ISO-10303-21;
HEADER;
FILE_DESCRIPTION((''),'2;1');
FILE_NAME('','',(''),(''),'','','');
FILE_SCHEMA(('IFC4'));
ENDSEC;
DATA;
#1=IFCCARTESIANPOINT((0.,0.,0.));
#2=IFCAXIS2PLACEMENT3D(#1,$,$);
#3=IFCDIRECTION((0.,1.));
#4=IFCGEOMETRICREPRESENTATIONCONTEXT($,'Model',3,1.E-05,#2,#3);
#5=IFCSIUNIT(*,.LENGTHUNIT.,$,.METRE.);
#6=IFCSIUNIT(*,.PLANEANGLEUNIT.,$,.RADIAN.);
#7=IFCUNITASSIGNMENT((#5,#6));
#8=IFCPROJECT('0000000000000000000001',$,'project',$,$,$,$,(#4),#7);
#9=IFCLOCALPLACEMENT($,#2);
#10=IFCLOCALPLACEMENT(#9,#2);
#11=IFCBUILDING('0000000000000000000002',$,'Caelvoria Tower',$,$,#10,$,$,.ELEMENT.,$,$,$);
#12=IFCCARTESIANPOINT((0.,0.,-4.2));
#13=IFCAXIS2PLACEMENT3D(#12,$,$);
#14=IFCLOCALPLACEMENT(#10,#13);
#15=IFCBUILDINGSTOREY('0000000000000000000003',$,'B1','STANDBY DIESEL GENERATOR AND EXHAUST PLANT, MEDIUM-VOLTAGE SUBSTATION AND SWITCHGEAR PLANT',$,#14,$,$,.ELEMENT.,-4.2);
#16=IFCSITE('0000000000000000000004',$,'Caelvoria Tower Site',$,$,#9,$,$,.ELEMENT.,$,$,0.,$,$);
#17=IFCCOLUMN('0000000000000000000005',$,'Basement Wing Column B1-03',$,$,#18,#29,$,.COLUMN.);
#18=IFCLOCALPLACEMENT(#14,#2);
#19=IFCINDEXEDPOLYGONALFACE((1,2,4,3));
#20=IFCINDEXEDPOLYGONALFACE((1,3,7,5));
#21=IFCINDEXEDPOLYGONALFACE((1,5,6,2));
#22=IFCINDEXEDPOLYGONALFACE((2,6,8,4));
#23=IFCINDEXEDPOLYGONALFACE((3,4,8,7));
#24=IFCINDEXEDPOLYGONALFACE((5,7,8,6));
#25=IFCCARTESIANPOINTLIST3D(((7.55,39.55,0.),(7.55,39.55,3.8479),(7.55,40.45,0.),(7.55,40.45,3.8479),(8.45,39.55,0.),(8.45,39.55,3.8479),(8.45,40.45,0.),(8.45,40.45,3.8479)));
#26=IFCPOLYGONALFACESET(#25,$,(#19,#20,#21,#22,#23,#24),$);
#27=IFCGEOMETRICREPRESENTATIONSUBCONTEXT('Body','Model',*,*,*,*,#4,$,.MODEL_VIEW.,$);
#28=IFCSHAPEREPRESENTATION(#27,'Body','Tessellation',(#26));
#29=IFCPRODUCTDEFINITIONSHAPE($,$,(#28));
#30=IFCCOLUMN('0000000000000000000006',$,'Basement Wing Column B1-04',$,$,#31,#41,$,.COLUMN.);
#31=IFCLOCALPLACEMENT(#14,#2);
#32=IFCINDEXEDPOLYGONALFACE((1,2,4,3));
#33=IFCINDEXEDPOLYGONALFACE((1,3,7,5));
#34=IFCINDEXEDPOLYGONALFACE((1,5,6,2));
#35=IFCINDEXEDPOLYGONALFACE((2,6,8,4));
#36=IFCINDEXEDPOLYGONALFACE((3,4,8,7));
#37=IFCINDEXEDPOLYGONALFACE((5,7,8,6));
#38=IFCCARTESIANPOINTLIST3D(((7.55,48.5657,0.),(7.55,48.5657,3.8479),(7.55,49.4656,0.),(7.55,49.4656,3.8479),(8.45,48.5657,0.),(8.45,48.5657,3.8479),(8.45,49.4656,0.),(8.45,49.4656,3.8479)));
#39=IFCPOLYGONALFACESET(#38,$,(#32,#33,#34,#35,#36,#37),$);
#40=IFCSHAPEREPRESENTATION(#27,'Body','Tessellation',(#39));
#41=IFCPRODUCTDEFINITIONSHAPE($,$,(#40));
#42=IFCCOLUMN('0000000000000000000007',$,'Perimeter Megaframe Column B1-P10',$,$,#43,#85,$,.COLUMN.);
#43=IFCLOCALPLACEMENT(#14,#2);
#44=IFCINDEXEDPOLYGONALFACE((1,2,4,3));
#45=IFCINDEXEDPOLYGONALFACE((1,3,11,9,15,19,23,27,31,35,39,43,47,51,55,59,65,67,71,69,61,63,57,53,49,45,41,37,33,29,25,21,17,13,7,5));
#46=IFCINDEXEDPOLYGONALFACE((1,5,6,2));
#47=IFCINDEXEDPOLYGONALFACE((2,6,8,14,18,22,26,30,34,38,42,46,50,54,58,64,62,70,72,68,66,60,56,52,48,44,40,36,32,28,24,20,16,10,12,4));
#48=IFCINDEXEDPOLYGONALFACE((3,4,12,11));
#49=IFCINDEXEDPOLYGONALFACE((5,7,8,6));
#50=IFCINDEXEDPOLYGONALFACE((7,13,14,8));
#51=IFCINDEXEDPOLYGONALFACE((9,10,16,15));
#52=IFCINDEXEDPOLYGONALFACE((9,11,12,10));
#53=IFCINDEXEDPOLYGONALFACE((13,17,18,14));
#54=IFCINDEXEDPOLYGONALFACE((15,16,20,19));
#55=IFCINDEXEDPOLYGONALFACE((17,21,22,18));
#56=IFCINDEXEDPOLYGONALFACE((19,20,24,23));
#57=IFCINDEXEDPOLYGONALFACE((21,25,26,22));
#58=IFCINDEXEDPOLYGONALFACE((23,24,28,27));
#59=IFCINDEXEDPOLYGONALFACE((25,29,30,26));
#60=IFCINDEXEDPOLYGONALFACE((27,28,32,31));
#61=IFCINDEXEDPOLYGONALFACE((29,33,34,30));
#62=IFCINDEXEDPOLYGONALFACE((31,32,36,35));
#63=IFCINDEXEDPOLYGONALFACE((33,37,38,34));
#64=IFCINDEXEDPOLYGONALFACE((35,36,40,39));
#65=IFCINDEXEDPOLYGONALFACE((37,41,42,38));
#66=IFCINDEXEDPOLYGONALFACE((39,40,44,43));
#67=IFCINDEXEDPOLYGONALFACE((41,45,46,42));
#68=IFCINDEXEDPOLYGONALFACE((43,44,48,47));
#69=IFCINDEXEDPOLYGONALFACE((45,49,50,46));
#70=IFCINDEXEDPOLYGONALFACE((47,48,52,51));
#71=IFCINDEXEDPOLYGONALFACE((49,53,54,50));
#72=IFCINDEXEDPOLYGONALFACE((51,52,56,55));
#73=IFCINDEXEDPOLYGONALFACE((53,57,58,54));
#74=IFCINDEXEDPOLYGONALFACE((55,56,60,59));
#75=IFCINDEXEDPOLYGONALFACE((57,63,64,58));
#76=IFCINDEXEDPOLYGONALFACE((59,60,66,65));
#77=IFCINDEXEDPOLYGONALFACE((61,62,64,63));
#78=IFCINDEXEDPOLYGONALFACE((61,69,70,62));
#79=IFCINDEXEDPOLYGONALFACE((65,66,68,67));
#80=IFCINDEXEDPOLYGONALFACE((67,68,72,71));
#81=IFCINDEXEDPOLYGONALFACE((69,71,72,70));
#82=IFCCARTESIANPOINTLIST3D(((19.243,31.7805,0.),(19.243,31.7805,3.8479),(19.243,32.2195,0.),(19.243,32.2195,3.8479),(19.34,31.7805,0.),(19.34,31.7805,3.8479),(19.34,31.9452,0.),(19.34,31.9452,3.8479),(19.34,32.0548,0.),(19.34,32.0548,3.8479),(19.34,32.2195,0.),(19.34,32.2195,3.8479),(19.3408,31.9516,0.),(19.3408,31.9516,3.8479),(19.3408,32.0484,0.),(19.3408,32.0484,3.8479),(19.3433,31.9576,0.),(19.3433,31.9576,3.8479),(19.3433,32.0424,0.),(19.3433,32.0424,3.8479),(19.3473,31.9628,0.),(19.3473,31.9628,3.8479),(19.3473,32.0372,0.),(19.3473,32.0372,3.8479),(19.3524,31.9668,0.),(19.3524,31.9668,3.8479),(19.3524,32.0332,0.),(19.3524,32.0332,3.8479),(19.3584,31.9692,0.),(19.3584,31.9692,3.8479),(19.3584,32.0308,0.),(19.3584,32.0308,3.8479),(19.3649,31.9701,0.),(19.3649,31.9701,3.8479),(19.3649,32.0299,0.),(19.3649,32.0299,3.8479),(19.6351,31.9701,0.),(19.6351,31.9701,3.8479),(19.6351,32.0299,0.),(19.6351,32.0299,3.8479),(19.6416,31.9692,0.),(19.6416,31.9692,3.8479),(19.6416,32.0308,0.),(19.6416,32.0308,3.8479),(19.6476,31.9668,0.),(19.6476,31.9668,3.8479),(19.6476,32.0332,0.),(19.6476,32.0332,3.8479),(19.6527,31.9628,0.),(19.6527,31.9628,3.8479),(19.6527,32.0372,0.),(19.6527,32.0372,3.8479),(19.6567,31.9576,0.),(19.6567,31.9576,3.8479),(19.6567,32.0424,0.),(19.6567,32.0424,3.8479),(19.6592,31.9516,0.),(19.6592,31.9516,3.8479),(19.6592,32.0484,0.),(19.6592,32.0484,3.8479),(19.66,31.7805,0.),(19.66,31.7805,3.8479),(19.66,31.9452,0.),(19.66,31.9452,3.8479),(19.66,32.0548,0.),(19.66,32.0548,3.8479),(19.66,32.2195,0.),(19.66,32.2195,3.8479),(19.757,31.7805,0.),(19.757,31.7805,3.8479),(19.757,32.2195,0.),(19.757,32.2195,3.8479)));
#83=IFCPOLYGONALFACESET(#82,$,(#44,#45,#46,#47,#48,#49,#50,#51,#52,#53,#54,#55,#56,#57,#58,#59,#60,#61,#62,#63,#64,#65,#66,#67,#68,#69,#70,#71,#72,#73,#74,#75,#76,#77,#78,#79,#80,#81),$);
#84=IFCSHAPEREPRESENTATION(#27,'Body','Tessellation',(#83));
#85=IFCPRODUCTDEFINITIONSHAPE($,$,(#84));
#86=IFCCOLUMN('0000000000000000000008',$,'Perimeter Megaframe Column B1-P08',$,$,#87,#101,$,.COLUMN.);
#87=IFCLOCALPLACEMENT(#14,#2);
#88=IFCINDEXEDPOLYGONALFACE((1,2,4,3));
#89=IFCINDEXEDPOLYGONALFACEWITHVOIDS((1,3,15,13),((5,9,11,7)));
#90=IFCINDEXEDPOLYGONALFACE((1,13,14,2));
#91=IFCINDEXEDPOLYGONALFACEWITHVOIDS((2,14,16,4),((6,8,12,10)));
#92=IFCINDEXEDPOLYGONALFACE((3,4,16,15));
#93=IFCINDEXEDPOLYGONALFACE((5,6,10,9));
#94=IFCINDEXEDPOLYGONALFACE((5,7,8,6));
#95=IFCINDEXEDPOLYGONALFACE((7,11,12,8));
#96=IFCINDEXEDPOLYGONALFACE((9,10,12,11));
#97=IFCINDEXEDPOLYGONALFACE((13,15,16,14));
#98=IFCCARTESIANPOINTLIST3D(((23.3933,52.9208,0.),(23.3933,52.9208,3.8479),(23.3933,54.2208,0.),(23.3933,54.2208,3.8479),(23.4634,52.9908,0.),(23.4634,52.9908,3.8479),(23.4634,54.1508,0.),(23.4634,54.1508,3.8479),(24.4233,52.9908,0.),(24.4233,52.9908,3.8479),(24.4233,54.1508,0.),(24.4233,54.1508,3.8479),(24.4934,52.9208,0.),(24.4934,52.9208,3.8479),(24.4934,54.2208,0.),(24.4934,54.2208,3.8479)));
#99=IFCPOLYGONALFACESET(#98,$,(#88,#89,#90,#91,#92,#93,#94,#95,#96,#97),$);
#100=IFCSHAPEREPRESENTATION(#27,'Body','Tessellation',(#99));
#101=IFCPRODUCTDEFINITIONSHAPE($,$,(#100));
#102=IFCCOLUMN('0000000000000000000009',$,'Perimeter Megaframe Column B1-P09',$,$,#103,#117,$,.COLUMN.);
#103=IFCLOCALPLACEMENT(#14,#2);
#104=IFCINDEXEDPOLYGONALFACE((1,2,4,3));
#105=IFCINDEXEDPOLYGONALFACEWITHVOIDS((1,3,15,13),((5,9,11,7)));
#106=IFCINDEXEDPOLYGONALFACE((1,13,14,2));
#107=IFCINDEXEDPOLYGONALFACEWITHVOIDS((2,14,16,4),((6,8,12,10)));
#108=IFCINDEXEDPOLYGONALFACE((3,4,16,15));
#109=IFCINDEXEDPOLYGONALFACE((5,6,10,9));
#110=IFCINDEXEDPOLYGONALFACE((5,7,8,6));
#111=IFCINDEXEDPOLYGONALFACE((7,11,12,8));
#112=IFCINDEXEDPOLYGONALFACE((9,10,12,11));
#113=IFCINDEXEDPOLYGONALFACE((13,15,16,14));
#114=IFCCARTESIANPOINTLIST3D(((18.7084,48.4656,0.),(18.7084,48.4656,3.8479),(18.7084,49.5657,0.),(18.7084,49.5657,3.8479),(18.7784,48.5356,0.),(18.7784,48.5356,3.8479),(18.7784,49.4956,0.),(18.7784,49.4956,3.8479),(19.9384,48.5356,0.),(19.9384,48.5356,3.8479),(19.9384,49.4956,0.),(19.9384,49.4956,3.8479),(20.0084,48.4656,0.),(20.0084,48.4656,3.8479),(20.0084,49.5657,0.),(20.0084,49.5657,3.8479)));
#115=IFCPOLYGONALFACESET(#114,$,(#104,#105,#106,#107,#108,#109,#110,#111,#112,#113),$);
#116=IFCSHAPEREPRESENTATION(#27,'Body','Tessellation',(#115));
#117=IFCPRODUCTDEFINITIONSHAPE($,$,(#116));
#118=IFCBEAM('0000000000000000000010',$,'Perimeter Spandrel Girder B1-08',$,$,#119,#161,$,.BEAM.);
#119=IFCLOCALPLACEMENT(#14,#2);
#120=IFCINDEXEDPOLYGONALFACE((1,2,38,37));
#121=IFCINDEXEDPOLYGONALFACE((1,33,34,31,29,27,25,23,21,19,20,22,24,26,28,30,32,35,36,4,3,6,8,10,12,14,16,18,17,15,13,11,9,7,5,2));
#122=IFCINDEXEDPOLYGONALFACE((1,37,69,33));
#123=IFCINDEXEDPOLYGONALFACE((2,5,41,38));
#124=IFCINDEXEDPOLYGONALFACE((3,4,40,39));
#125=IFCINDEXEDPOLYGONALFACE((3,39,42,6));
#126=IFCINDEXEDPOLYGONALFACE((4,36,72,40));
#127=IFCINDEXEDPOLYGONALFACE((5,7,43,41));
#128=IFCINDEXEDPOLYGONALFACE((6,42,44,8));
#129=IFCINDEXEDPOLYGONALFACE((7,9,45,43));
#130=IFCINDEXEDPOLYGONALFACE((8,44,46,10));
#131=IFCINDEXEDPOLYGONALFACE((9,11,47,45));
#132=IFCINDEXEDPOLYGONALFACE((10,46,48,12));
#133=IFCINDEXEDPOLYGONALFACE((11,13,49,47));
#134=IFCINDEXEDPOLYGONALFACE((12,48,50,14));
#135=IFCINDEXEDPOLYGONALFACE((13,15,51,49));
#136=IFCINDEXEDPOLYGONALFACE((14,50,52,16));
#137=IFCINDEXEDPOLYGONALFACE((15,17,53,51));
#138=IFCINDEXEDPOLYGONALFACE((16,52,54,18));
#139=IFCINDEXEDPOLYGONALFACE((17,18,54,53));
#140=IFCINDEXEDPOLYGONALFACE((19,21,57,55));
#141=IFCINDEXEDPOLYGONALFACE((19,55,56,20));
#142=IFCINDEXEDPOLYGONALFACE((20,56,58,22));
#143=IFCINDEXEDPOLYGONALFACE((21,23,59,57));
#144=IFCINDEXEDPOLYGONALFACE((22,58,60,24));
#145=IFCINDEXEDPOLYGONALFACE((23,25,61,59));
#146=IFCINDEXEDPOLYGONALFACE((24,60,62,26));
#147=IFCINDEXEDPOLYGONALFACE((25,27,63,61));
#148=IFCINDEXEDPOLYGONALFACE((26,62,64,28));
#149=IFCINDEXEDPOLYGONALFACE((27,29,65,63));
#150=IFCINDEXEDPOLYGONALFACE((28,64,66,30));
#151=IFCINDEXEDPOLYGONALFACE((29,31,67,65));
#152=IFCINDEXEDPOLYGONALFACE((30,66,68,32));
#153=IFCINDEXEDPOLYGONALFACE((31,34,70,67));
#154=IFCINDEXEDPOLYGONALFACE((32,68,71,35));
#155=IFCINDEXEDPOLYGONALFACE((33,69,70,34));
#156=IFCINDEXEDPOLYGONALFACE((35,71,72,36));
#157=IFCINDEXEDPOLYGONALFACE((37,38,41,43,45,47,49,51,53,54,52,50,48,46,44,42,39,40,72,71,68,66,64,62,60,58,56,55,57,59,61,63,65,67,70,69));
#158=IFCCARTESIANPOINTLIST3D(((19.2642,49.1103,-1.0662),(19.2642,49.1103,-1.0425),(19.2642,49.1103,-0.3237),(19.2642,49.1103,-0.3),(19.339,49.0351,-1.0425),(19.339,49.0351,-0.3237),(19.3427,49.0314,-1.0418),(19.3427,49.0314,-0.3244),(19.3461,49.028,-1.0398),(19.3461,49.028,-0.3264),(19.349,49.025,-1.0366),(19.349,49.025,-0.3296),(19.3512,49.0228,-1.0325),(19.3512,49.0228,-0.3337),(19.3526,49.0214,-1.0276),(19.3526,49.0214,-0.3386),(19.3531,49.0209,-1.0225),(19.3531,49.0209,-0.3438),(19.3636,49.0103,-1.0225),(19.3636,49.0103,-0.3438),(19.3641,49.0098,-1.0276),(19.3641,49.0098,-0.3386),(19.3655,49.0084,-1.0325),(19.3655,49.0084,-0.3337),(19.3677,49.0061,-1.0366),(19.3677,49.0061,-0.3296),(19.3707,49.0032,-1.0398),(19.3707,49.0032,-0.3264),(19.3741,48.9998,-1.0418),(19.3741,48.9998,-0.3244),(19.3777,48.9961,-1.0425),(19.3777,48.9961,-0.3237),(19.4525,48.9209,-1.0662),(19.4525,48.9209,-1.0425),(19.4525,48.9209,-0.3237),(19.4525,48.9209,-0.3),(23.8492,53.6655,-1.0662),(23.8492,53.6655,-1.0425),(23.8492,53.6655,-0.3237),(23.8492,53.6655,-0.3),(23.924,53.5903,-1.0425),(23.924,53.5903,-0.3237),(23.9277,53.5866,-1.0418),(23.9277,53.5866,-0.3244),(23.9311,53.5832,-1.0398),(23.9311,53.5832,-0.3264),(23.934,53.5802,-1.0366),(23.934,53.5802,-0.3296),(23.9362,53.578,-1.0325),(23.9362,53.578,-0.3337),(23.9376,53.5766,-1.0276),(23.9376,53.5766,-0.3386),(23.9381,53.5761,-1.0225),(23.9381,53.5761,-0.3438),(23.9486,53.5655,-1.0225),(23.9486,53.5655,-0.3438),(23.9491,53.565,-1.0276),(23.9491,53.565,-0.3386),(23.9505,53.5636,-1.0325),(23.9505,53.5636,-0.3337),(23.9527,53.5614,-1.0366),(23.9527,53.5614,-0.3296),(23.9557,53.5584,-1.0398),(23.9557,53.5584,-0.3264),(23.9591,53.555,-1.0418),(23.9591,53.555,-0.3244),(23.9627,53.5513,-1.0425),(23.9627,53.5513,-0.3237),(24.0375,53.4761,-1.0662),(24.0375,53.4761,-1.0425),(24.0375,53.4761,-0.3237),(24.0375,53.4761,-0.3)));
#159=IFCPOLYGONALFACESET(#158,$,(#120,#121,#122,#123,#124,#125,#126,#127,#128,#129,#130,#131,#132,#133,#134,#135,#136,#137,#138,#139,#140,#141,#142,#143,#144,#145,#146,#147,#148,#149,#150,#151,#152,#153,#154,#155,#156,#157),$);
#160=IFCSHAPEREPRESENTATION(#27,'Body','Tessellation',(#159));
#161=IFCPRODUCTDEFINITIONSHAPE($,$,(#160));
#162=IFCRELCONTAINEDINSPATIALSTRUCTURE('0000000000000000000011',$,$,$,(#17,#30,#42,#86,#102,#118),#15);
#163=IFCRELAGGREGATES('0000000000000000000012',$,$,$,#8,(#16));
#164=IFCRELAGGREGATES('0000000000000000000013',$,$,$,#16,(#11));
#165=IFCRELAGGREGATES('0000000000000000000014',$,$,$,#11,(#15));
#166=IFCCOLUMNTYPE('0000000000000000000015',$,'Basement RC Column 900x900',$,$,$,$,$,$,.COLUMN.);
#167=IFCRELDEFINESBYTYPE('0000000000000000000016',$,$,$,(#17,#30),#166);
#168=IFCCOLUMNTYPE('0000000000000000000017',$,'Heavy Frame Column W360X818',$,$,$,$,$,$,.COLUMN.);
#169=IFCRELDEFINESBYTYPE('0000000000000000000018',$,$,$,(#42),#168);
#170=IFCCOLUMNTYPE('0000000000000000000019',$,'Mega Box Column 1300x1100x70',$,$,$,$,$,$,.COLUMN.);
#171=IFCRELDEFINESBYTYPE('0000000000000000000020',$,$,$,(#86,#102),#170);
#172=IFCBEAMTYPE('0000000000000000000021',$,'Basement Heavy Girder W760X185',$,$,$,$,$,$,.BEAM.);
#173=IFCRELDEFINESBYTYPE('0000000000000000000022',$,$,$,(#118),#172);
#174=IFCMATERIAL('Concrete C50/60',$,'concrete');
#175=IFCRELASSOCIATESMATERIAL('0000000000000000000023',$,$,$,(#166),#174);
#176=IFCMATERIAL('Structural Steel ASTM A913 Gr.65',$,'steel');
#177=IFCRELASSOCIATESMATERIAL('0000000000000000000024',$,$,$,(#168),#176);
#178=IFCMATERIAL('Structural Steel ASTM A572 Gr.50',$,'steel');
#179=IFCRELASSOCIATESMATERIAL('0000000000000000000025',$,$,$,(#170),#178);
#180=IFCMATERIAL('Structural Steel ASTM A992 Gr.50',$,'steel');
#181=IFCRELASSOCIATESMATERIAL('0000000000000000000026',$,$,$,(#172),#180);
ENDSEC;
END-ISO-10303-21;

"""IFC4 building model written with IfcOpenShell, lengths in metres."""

from ifc_helpers import new_model, si_unit, direction, frame, origin, origin_2d, place, context, subcontext, project, spatial, rectangle, hollow_rectangle, i_section, extrude, material, material_profile, profile_set, type_object, element, save


model = new_model("IFC4")

# Units and contexts
model_context = context("Model", 3, precision=1e-05, world=origin(), true_north=direction((0.0, 1.0)))
body_context = subcontext(model_context, "Body", "Model", "MODEL_VIEW")
ifc_project = project(units=[si_unit("LENGTHUNIT", "METRE"), si_unit("PLANEANGLEUNIT", "RADIAN")], contexts=[model_context])

# Site, building, storey
site_placement = place(None, origin())
site = spatial("IfcSite", under=ifc_project, at=site_placement, Name="Caelvoria Tower Site", CompositionType="ELEMENT", RefElevation=0.0)
building_placement = place(site_placement, origin())
building = spatial("IfcBuilding", under=site, at=building_placement, Name="Caelvoria Tower", CompositionType="ELEMENT")
storey_placement = place(building_placement, frame((0.0, 0.0, -4.2)))
storey = spatial("IfcBuildingStorey", under=building, at=storey_placement, Name="B1", Description="STANDBY DIESEL GENERATOR AND EXHAUST PLANT, MEDIUM-VOLTAGE SUBSTATION AND SWITCHGEAR PLANT", CompositionType="ELEMENT", Elevation=-4.2)

# Columns
ifc_material_1 = material(Name="Concrete C50/60", Category="concrete")
ifc_material_profile_1 = material_profile(ifc_material_1, rectangle(XDim=0.8999, YDim=0.8999, at=origin_2d()), Name="Concrete C50/60")
ifc_profile_set_1 = profile_set([ifc_material_profile_1], Name="RC_COL_900X900 - Concrete C50/60")
column_type_1 = type_object("IfcColumnType", Name="Basement RC Column 900x900", PredefinedType="COLUMN", material=ifc_profile_set_1)
for number, where, z_axis, x_axis, name in (
    (1, (8.0, 40.0, 0.0), (0.0, 0.0, 1.0), (1.0, 0.0, 0.0), "Basement Wing Column B1-03"),
    (2, (8.0, 49.0156, 0.0), (0.0, 0.0, 1.0), (1.0, 0.0, 0.0), "Basement Wing Column B1-04"),
):
    element("IfcColumn", number, at=place(storey_placement, frame(where, z_axis=z_axis, x_axis=x_axis)), inside=storey, type_object=column_type_1, Name=name, PredefinedType="COLUMN", context=body_context, shape_type="SweptSolid", body=[
        extrude(rectangle(XDim=0.8999, YDim=0.8999, at=origin_2d()), origin(), (0.0, 0.0, 1.0), 3.8479),
    ])
ifc_material_2 = material(Name="Structural Steel ASTM A913 Gr.65", Category="steel")
ifc_material_profile_2 = material_profile(ifc_material_2, i_section(OverallWidth=0.439, OverallDepth=0.5139, WebThickness=0.0598, FlangeThickness=0.0969, FilletRadius=0.0249, at=origin_2d()), Name="Structural Steel ASTM A913 Gr.65")
ifc_profile_set_2 = profile_set([ifc_material_profile_2], Name="W360X818 - Structural Steel ASTM A913 Gr.65")
column_type_2 = type_object("IfcColumnType", Name="Heavy Frame Column W360X818", PredefinedType="COLUMN", material=ifc_profile_set_2)
column_placement = place(storey_placement, frame((19.5, 32.0, 0.0), z_axis=(0.0, 0.0, 1.0), x_axis=(0.0, 1.0, 0.0)))
element("IfcColumn", 3, at=column_placement, inside=storey, type_object=column_type_2, Name="Perimeter Megaframe Column B1-P10", PredefinedType="COLUMN", context=body_context, shape_type="SweptSolid", body=[
    extrude(i_section(OverallWidth=0.439, OverallDepth=0.5139, WebThickness=0.0598, FlangeThickness=0.0969, FilletRadius=0.0249, at=origin_2d()), origin(), (0.0, 0.0, 1.0), 3.8479),
])
ifc_material_3 = material(Name="Structural Steel ASTM A572 Gr.50", Category="steel")
ifc_material_profile_3 = material_profile(ifc_material_3, hollow_rectangle(XDim=1.1001, YDim=1.3, WallThickness=0.0701, at=origin_2d()), Name="Structural Steel ASTM A572 Gr.50")
ifc_profile_set_3 = profile_set([ifc_material_profile_3], Name="BOX1300X1100X70 - Structural Steel ASTM A572 Gr.50")
column_type_3 = type_object("IfcColumnType", Name="Mega Box Column 1300x1100x70", PredefinedType="COLUMN", material=ifc_profile_set_3)
for number, where, z_axis, x_axis, name in (
    (4, (23.9434, 53.5708, 0.0), (0.0, 0.0, 1.0), (1.0, 0.0, 0.0), "Perimeter Megaframe Column B1-P08"),
    (5, (19.3584, 49.0156, 0.0), (0.0, 0.0, 1.0), (0.0, 1.0, 0.0), "Perimeter Megaframe Column B1-P09"),
):
    element("IfcColumn", number, at=place(storey_placement, frame(where, z_axis=z_axis, x_axis=x_axis)), inside=storey, type_object=column_type_3, Name=name, PredefinedType="COLUMN", context=body_context, shape_type="SweptSolid", body=[
        extrude(hollow_rectangle(XDim=1.1001, YDim=1.3, WallThickness=0.0701, at=origin_2d()), origin(), (0.0, 0.0, 1.0), 3.8479),
    ])

# Beam
ifc_material_4 = material(Name="Structural Steel ASTM A992 Gr.50", Category="steel")
ifc_material_profile_4 = material_profile(ifc_material_4, i_section(OverallWidth=0.2671, OverallDepth=0.7661, WebThickness=0.0149, FlangeThickness=0.0237, FilletRadius=0.02, at=origin_2d()), Name="Structural Steel ASTM A992 Gr.50")
ifc_profile_set_4 = profile_set([ifc_material_profile_4], Name="W760X185 - Structural Steel ASTM A992 Gr.50")
beam_type_1 = type_object("IfcBeamType", Name="Basement Heavy Girder W760X185", PredefinedType="BEAM", material=ifc_profile_set_4)
beam_1_placement = place(storey_placement, frame((23.9434, 53.5708, -0.6831), z_axis=(-0.709407, -0.704799, 0.0), x_axis=(0.704799, -0.709407, 0.0)))
element("IfcBeam", 6, at=beam_1_placement, inside=storey, type_object=beam_type_1, Name="Perimeter Spandrel Girder B1-08", PredefinedType="BEAM", context=body_context, shape_type="SweptSolid", body=[
    extrude(i_section(OverallWidth=0.2671, OverallDepth=0.7661, WebThickness=0.0149, FlangeThickness=0.0237, FilletRadius=0.02, at=origin_2d()), origin(), (0.0, 0.0, 1.0), 6.4631),
])

save(model, "model.ifc")
